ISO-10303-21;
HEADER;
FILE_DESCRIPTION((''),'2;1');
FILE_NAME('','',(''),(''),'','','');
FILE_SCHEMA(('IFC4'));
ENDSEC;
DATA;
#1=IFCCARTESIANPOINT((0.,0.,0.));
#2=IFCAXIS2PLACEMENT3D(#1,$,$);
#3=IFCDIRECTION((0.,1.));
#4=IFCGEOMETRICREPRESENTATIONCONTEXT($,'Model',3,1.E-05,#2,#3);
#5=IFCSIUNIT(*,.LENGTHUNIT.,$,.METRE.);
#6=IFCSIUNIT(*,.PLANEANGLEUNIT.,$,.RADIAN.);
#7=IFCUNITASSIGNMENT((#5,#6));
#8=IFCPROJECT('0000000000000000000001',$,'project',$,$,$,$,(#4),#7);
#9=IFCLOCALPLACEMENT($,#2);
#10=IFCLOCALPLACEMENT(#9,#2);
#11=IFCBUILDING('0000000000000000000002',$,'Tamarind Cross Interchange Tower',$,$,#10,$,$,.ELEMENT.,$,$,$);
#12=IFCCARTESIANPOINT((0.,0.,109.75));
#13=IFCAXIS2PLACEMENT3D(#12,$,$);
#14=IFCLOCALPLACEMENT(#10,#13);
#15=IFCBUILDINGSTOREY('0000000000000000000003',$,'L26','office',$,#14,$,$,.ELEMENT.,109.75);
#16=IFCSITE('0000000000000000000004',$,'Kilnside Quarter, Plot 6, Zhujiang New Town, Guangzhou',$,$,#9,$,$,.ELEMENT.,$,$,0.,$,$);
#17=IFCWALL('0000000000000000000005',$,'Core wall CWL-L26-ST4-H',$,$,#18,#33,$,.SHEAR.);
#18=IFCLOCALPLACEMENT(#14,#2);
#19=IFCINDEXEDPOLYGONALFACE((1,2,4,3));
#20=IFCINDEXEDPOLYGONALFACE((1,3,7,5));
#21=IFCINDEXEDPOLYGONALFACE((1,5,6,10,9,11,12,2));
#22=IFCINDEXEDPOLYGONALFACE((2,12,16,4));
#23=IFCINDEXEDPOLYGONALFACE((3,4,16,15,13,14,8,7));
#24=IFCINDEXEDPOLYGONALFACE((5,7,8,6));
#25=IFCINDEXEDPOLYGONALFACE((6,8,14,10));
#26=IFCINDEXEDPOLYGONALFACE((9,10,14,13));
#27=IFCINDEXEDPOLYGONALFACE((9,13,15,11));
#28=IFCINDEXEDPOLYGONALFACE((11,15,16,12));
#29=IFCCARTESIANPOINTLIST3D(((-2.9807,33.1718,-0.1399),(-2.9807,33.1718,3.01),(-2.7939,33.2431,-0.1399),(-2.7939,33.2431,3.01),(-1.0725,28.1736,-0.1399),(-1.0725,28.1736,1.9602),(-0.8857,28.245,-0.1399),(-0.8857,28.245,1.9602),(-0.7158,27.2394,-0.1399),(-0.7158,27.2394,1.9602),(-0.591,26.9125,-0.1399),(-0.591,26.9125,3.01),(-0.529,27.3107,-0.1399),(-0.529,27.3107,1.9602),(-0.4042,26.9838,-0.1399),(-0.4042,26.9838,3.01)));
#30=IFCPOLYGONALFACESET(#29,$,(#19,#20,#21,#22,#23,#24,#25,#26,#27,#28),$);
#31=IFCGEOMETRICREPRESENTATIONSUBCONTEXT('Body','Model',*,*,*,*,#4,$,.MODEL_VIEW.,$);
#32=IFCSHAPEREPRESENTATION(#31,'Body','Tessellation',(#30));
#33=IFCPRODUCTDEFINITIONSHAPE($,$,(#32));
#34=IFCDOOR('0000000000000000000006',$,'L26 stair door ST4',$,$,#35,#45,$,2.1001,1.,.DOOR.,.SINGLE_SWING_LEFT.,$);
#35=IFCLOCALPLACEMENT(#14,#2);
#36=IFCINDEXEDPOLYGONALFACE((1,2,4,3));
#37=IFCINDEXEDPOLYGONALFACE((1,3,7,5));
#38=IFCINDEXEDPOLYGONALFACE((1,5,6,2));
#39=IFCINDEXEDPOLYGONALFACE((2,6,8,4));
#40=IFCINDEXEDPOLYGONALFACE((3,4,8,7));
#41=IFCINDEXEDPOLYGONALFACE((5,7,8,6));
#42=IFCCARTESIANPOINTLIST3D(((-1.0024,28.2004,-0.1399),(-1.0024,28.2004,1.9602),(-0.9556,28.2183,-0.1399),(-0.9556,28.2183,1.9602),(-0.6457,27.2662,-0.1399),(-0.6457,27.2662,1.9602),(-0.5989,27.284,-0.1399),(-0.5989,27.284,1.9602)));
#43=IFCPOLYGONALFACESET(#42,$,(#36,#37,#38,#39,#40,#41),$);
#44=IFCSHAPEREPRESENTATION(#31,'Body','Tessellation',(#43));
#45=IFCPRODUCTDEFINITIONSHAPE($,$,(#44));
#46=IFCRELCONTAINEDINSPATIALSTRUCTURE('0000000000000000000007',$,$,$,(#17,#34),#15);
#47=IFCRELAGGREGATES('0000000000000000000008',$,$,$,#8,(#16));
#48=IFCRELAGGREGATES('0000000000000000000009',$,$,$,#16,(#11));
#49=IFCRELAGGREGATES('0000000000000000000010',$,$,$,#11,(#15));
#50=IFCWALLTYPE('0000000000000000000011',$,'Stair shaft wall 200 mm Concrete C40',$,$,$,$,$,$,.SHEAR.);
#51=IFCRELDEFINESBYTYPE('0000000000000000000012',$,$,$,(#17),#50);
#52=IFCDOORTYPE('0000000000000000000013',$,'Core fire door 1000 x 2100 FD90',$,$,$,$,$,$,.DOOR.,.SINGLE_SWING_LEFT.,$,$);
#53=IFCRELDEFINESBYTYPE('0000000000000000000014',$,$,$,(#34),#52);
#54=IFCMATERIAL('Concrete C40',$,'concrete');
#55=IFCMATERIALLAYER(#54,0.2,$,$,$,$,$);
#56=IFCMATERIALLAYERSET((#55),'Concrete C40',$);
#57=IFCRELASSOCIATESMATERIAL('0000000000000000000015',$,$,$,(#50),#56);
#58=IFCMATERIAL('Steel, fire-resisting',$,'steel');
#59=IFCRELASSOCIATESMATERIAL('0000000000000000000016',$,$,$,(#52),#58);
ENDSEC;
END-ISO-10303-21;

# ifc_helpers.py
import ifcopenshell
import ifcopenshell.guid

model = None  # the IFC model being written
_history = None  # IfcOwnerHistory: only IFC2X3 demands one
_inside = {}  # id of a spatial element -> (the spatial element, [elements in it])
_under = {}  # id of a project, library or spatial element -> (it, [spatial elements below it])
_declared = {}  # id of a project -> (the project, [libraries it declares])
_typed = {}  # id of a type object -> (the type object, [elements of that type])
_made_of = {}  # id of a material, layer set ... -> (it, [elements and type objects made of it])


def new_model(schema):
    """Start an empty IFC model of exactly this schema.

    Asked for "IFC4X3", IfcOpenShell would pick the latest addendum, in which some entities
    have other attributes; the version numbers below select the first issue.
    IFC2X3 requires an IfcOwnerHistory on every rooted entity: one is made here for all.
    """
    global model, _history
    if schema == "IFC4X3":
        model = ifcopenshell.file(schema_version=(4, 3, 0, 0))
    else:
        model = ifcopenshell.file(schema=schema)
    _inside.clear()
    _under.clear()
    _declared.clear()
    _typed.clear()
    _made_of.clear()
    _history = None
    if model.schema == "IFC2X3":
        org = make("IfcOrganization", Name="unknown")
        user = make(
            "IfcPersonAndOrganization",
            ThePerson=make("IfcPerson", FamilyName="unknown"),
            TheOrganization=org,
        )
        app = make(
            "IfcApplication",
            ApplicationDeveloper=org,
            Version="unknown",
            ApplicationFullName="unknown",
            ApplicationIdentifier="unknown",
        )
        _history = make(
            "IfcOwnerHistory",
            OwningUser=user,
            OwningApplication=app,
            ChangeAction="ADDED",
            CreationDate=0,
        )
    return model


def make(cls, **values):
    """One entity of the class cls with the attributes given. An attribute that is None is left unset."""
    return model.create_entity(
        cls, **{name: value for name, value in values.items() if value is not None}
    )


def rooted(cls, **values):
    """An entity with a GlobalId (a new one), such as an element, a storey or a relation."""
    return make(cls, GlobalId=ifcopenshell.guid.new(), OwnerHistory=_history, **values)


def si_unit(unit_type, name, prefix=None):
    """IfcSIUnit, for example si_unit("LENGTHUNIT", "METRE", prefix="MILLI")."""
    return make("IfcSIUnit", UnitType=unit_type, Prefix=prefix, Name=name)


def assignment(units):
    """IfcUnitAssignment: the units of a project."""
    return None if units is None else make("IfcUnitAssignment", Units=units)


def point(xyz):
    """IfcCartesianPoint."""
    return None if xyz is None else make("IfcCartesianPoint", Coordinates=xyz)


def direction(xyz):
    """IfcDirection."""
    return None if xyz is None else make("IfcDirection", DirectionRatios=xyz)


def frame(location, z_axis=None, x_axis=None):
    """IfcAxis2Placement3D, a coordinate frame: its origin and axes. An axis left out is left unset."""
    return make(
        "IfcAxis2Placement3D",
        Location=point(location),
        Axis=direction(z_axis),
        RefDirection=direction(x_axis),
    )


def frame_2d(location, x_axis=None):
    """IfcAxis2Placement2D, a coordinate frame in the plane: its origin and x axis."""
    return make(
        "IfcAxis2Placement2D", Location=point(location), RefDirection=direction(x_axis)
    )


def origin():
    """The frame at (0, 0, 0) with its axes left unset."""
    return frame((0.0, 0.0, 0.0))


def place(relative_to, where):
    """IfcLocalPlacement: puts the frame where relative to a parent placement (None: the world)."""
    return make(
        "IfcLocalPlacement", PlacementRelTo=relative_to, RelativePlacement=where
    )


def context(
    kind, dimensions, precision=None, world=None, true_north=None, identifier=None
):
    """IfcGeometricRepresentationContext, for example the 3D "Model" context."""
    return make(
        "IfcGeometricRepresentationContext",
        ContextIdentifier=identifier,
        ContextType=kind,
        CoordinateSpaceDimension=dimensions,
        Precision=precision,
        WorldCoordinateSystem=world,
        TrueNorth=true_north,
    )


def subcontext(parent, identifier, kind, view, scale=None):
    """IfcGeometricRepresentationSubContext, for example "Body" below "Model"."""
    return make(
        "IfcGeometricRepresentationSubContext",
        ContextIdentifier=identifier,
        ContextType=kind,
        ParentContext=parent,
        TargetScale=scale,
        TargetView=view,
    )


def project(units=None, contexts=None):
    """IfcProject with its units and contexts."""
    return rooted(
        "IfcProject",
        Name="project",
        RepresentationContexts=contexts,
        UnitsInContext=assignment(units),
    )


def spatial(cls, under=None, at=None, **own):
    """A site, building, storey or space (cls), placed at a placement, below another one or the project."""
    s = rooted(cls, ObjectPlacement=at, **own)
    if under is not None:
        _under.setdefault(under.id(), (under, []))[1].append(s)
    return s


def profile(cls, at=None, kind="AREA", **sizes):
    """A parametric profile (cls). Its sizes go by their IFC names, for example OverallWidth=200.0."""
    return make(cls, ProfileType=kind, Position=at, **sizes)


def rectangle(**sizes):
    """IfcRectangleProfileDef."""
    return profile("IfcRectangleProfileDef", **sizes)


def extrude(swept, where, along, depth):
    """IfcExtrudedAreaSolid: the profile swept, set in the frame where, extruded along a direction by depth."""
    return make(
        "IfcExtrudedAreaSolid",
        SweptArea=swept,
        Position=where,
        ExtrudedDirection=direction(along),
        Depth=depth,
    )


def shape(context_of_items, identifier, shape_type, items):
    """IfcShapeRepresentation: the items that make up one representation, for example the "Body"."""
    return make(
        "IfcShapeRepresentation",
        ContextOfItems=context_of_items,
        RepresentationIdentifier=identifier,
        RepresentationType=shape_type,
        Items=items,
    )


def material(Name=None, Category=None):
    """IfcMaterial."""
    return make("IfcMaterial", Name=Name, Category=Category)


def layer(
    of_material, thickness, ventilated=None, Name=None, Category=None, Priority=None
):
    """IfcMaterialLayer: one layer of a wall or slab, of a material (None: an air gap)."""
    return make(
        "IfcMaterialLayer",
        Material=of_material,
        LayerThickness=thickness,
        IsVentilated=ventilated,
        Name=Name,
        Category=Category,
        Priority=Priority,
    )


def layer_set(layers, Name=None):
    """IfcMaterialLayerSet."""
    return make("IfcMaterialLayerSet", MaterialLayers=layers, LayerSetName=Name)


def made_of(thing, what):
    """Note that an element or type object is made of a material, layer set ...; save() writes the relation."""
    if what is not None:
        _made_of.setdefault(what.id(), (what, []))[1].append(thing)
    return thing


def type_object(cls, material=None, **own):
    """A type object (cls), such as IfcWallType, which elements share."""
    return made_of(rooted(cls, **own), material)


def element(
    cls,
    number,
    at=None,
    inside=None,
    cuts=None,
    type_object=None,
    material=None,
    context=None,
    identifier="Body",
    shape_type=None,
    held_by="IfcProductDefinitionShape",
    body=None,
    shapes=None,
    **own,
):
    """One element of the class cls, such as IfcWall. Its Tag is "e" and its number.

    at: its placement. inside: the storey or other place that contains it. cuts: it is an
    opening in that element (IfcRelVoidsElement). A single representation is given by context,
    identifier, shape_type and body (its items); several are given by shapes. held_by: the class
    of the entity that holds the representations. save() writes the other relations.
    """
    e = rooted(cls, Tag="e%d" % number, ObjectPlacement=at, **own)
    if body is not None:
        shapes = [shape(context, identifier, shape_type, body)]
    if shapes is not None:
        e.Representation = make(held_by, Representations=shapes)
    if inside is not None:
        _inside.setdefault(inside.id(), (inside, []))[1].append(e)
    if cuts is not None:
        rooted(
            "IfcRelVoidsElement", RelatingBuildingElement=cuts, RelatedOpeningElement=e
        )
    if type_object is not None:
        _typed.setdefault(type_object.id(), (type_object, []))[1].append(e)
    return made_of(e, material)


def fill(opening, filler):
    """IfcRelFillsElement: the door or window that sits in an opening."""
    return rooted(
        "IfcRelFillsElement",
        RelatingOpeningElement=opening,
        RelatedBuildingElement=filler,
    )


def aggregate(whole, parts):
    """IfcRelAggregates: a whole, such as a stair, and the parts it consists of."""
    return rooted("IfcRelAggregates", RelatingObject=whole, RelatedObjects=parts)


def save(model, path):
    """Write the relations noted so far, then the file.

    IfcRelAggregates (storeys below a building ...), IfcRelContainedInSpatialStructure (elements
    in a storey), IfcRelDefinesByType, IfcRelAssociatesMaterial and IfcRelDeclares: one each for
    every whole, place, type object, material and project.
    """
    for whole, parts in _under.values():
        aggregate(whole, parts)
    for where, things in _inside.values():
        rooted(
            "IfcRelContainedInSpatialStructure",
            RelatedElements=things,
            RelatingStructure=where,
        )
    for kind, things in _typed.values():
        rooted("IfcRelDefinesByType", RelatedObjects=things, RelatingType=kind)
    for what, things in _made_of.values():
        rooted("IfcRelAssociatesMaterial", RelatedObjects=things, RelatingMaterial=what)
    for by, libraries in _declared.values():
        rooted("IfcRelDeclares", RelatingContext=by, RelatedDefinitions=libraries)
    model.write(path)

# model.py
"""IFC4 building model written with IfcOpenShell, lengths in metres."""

from ifc_helpers import new_model, si_unit, direction, frame, frame_2d, origin, place, context, subcontext, project, spatial, rectangle, extrude, material, layer, layer_set, type_object, element, fill, save


model = new_model("IFC4")

# Units and contexts
model_context = context("Model", 3, precision=1e-05, world=origin(), true_north=direction((0.0, 1.0)))
body_context = subcontext(model_context, "Body", "Model", "MODEL_VIEW")
ifc_project = project(units=[si_unit("LENGTHUNIT", "METRE"), si_unit("PLANEANGLEUNIT", "RADIAN")], contexts=[model_context])

# Site, building, storey
site_placement = place(None, origin())
site = spatial("IfcSite", under=ifc_project, at=site_placement, Name="Kilnside Quarter, Plot 6, Zhujiang New Town, Guangzhou", CompositionType="ELEMENT", RefElevation=0.0)
building_placement = place(site_placement, origin())
building = spatial("IfcBuilding", under=site, at=building_placement, Name="Tamarind Cross Interchange Tower", CompositionType="ELEMENT")
storey_placement = place(building_placement, frame((0.0, 0.0, 109.75)))
storey = spatial("IfcBuildingStorey", under=building, at=storey_placement, Name="L26", Description="office", CompositionType="ELEMENT", Elevation=109.75)

# Wall, opening, door
ifc_material_1 = material(Name="Concrete C40", Category="concrete")
ifc_layer_1 = layer(ifc_material_1, 0.2)
ifc_layer_set_1 = layer_set([ifc_layer_1], Name="Concrete C40")
wall_type_1 = type_object("IfcWallType", Name="Stair shaft wall 200 mm Concrete C40", PredefinedType="SHEAR", material=ifc_layer_set_1)
wall_1_placement = place(storey_placement, frame((-0.4976, 26.948, -0.1399), z_axis=(0.0, 0.0, 1.0), x_axis=(-0.356668, 0.934231, 0.0)))
wall_1 = element("IfcWall", 1, at=wall_1_placement, inside=storey, type_object=wall_type_1, Name="Core wall CWL-L26-ST4-H", PredefinedType="SHEAR", context=body_context, shape_type="SweptSolid", body=[
    extrude(rectangle(XDim=6.7, YDim=0.2, at=frame_2d((3.3501, 0.0))), origin(), (0.0, 0.0, 1.0), 3.1499),
])
opening_1_placement = place(wall_1_placement, frame((0.3501, 0.0, 0.0)))
opening_1 = element("IfcOpeningElement", 2, at=opening_1_placement, cuts=wall_1, PredefinedType="OPENING", context=body_context, shape_type="SweptSolid", body=[
    extrude(rectangle(XDim=1.0, YDim=2.1001, at=frame_2d((0.5, 1.05))), frame((0.0, 0.1099, 0.0), z_axis=(0.0, -1.0, 0.0), x_axis=(1.0, 0.0, 0.0)), (0.0, 0.0, 1.0), 0.22),
])
ifc_material_2 = material(Name="Steel, fire-resisting", Category="steel")
door_type_1 = type_object("IfcDoorType", Name="Core fire door 1000 x 2100 FD90", OperationType="SINGLE_SWING_LEFT", PredefinedType="DOOR", material=ifc_material_2)
door_1_placement = place(opening_1_placement, origin())
door_1 = element("IfcDoor", 3, at=door_1_placement, inside=storey, type_object=door_type_1, Name="L26 stair door ST4", OperationType="SINGLE_SWING_LEFT", OverallHeight=2.1001, OverallWidth=1.0, PredefinedType="DOOR", context=body_context, shape_type="SweptSolid", body=[
    extrude(rectangle(XDim=1.0, YDim=2.1001, at=frame_2d((0.5, 1.05))), frame((0.0, 0.0249, 0.0), z_axis=(0.0, -1.0, 0.0), x_axis=(1.0, 0.0, 0.0)), (0.0, 0.0, 1.0), 0.05),
])
fill(opening_1, door_1)

save(model, "model.ifc")
